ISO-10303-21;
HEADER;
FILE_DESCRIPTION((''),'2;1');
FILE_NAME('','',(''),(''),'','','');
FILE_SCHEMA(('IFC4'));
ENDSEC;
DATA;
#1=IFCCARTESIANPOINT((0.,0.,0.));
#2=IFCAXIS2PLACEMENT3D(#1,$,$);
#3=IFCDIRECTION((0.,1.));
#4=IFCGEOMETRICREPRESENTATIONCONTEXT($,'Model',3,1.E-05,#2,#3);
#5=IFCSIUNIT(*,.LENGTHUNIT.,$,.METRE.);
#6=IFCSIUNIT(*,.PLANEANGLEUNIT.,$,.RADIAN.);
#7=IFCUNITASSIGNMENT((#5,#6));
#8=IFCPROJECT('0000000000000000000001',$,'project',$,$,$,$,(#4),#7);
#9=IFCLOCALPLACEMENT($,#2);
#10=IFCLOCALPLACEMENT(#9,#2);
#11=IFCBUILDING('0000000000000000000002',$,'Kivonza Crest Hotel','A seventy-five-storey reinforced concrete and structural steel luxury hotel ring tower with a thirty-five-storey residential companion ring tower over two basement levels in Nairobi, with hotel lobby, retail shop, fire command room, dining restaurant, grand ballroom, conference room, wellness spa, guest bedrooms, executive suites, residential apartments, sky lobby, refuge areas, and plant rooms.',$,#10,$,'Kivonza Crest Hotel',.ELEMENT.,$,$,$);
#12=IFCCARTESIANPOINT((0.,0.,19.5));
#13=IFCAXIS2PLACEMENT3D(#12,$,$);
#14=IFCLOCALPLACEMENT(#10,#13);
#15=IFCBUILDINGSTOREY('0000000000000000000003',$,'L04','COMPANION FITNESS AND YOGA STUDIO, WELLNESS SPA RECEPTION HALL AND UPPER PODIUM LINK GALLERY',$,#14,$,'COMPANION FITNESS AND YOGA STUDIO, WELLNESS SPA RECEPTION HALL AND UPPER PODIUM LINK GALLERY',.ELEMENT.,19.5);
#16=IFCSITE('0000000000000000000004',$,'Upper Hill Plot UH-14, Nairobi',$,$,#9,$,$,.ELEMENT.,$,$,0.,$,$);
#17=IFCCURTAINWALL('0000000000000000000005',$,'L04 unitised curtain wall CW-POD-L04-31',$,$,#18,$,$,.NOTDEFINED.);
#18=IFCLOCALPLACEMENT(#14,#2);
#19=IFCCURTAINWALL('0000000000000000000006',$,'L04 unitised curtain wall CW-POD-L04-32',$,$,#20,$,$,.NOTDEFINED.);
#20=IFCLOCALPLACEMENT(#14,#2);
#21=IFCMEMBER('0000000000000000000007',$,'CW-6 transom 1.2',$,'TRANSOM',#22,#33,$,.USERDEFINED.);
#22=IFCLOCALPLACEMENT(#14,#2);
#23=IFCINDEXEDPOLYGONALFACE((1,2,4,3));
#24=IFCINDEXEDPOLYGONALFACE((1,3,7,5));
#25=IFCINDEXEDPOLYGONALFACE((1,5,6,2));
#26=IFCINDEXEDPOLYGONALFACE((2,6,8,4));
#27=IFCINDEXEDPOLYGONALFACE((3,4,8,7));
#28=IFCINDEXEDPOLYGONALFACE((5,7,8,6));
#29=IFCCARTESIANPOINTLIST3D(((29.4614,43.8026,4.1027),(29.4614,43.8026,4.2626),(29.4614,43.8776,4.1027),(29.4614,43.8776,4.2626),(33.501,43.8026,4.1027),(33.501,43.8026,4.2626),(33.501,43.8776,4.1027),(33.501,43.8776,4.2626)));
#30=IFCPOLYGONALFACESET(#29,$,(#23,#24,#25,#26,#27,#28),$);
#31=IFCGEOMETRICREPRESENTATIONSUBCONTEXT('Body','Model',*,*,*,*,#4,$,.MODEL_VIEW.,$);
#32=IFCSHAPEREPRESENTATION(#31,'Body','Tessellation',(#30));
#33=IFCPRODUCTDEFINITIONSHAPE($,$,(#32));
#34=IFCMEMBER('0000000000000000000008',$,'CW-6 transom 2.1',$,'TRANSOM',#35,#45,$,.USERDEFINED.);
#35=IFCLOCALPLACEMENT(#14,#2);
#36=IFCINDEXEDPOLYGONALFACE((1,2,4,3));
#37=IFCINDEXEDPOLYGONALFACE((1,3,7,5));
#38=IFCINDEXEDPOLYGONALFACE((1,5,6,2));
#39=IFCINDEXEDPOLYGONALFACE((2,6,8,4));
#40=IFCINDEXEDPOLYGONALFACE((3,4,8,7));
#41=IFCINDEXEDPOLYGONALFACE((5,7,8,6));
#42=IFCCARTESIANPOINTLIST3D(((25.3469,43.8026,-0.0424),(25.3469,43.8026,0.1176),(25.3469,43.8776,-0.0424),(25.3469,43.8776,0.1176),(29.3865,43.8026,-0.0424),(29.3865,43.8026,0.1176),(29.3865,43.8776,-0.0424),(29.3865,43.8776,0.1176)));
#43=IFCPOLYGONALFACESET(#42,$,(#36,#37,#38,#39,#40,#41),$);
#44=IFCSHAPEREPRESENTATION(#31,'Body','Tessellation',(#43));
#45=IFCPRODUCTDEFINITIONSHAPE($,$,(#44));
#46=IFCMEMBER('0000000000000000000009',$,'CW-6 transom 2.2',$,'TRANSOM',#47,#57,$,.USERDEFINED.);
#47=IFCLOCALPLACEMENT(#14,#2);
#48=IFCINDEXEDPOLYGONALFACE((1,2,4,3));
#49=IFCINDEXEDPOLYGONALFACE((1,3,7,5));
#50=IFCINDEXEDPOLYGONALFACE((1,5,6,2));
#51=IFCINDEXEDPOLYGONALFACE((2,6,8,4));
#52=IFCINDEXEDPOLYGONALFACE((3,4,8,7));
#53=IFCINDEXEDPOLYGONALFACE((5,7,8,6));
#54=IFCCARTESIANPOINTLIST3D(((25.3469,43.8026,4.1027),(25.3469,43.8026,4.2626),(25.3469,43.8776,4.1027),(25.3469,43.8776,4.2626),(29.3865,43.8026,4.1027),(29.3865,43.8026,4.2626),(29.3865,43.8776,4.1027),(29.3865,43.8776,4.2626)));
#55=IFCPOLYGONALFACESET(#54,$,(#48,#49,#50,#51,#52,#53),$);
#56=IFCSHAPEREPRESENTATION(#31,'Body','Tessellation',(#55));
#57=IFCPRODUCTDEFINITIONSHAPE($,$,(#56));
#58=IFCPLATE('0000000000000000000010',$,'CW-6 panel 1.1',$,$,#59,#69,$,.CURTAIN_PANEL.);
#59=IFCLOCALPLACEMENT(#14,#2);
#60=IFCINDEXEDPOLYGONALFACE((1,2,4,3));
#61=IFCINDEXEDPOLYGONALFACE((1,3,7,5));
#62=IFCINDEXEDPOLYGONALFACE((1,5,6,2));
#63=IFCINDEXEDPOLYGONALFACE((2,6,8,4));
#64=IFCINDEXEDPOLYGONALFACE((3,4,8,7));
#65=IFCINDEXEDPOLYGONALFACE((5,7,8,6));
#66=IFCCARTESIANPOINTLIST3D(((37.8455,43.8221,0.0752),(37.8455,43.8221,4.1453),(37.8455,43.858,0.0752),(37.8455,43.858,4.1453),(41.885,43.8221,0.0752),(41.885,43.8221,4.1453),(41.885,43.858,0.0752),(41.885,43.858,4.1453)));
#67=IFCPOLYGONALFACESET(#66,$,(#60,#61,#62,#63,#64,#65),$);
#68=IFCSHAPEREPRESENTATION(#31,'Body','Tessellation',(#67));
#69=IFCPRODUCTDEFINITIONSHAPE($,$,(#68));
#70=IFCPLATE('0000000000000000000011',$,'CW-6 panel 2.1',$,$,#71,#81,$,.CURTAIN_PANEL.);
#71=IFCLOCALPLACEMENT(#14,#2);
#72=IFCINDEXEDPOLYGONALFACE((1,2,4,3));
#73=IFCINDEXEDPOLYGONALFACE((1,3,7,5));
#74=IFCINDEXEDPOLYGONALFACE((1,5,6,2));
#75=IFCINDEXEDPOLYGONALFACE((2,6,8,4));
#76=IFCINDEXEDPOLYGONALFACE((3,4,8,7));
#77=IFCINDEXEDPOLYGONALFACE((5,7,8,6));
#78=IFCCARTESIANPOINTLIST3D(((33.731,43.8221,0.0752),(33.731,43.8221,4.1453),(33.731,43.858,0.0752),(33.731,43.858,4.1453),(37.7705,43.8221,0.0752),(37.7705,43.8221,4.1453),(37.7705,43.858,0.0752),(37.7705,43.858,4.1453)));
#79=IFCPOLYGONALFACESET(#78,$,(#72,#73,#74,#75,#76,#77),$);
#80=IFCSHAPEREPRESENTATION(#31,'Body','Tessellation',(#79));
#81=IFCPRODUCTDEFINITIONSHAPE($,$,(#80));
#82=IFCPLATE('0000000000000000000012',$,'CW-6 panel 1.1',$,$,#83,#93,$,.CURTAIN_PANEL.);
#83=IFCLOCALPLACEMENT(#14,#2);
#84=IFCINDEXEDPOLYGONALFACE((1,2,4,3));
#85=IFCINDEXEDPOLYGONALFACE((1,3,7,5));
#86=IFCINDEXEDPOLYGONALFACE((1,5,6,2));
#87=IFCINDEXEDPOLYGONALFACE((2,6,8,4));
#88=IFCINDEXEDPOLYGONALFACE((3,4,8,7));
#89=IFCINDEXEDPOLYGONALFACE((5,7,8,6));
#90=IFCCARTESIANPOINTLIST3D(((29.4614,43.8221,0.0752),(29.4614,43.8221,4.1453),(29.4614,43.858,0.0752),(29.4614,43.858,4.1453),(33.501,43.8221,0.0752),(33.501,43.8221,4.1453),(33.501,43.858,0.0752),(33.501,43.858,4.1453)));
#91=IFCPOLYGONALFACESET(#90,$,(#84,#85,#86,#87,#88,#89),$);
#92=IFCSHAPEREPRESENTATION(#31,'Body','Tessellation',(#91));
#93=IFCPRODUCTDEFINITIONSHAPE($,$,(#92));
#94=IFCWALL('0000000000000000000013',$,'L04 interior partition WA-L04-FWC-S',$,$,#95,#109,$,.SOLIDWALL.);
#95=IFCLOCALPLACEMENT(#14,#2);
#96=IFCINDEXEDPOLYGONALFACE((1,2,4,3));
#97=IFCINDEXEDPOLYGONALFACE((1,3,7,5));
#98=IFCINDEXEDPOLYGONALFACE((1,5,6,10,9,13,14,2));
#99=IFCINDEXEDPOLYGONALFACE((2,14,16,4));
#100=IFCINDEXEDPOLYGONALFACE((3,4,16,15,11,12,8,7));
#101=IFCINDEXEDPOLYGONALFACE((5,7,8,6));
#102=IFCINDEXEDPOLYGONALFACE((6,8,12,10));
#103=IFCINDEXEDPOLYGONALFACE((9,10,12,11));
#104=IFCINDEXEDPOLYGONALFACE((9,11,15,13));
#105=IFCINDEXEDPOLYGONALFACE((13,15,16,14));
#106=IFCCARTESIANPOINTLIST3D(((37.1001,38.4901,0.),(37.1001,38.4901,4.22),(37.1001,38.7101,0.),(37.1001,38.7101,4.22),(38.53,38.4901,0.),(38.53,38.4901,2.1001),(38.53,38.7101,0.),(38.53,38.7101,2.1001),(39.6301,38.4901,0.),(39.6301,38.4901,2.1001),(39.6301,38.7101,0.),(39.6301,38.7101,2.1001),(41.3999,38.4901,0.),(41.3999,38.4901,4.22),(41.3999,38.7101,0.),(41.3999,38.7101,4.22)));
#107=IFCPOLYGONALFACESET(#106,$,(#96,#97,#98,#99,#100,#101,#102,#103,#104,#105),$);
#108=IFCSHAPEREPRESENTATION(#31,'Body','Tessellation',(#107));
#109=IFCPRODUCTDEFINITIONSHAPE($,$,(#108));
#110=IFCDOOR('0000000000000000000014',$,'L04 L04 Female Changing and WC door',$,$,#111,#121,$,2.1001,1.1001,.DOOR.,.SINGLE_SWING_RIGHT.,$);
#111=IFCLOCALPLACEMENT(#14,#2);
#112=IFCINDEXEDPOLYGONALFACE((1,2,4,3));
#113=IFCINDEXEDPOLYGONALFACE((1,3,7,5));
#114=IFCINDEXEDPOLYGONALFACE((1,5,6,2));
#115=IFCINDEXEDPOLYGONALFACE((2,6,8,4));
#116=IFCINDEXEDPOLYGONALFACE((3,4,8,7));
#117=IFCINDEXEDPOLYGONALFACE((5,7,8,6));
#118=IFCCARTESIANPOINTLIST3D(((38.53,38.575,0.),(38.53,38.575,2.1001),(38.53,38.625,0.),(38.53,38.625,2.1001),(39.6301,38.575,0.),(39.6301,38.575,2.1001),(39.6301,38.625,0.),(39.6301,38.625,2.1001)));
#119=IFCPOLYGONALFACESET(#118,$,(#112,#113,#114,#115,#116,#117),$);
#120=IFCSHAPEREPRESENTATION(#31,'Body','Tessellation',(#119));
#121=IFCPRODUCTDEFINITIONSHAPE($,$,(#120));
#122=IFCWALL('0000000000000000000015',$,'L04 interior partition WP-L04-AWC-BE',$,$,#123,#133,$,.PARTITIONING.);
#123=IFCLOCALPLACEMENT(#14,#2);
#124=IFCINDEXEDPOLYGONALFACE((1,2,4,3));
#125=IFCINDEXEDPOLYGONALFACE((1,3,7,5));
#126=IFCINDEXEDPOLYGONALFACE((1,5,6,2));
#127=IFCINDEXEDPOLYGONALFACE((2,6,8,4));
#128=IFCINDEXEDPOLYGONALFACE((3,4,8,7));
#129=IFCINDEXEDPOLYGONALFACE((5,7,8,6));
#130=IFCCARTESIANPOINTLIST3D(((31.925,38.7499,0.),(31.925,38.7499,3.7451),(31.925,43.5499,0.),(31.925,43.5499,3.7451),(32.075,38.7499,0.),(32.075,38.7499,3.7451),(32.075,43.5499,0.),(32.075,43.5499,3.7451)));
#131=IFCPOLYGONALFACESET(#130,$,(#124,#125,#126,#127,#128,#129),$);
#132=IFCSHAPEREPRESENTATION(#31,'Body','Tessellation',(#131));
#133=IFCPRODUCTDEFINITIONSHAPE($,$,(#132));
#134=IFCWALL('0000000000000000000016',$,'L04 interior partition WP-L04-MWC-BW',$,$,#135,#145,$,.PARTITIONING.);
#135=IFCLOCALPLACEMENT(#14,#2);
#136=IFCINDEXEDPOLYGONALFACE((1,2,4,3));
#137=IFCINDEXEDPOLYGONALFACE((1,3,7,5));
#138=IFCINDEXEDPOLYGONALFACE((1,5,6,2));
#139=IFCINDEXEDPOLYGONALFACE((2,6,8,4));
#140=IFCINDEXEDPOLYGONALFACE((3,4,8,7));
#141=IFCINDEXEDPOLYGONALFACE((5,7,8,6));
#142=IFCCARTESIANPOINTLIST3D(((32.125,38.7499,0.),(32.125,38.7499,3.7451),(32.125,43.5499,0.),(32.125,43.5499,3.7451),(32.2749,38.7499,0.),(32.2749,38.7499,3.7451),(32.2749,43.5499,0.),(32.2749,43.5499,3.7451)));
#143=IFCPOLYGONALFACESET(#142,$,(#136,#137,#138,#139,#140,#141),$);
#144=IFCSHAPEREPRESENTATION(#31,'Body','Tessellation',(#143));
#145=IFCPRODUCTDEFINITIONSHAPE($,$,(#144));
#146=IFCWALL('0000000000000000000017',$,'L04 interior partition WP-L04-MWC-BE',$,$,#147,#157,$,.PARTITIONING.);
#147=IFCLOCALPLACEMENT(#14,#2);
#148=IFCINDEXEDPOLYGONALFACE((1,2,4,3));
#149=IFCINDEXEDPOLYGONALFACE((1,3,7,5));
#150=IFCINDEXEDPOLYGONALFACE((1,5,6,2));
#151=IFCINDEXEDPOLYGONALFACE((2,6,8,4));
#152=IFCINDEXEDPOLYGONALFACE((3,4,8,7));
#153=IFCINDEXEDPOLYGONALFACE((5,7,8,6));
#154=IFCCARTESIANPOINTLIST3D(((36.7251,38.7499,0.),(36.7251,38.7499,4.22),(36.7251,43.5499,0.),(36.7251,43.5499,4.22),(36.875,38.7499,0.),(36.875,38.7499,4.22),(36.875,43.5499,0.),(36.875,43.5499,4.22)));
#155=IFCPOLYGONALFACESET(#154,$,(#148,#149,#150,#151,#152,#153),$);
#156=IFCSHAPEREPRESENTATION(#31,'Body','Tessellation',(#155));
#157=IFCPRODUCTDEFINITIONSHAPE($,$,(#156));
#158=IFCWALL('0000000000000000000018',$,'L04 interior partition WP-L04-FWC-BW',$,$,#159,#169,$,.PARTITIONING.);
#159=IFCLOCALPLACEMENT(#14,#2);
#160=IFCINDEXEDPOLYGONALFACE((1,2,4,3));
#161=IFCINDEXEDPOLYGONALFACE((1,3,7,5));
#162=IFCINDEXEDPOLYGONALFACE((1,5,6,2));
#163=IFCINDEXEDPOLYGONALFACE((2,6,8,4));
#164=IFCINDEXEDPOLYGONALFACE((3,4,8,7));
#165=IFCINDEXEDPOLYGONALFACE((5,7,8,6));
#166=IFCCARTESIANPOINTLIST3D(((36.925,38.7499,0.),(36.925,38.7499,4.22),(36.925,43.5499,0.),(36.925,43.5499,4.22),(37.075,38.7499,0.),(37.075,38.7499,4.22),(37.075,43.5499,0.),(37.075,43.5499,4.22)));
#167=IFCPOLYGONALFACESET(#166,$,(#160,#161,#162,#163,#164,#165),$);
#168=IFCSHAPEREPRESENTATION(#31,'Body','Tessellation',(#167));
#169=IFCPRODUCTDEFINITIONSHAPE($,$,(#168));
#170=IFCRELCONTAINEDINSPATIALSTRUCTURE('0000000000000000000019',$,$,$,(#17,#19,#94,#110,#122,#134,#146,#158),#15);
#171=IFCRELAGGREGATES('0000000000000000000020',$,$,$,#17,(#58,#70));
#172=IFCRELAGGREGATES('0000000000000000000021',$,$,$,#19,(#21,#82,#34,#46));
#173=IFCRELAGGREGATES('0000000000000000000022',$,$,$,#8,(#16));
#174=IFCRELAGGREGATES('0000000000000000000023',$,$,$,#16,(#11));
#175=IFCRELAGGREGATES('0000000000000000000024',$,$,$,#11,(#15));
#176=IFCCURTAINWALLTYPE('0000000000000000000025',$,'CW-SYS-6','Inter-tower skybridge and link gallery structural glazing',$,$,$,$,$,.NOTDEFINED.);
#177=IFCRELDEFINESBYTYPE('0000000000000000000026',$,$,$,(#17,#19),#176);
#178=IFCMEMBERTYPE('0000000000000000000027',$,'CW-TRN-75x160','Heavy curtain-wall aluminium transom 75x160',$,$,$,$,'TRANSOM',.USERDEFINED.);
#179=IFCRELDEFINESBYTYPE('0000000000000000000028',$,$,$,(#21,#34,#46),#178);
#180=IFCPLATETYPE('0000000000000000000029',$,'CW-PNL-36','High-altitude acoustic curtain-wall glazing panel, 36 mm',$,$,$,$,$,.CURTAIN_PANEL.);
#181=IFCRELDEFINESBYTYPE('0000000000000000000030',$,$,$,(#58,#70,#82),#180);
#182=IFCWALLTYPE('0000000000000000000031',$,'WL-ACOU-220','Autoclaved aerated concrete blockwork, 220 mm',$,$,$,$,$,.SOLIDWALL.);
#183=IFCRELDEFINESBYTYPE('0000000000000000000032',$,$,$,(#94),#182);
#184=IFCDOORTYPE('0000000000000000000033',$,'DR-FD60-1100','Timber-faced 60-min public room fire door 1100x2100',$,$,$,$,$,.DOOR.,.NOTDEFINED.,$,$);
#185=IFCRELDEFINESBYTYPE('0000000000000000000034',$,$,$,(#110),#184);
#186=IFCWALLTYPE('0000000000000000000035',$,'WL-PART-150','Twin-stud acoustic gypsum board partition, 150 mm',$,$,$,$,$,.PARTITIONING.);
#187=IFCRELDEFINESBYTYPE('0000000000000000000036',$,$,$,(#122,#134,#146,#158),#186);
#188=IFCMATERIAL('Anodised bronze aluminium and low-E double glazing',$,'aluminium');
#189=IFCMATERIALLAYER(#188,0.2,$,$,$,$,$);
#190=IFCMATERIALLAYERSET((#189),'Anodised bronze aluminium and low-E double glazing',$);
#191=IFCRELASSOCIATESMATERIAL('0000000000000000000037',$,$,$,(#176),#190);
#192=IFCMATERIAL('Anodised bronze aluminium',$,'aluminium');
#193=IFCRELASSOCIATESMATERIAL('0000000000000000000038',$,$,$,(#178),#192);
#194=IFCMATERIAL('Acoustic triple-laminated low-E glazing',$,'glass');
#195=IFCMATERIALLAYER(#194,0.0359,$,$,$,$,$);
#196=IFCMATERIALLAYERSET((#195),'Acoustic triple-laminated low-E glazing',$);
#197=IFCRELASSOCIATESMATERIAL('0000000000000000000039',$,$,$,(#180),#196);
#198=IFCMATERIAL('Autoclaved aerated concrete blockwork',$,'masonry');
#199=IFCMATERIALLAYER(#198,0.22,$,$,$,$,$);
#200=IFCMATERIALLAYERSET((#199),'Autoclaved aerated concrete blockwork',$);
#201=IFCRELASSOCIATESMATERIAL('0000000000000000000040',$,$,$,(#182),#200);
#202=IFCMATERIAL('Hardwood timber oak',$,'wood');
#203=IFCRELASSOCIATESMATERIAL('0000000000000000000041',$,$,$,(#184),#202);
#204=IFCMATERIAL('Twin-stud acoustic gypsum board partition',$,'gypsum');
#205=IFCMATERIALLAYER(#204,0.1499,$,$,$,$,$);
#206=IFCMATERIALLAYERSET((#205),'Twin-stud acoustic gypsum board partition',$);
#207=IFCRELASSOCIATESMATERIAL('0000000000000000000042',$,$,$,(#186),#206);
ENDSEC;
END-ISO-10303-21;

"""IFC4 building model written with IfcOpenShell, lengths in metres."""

from ifc_helpers import new_model, si_unit, direction, frame, frame_2d, origin, origin_2d, place, context, subcontext, project, spatial, rectangle, extrude, material, layer, layer_set, material_profile, profile_set, type_object, element, fill, aggregate, save


model = new_model("IFC4")

# Units and contexts
model_context = context("Model", 3, precision=1e-05, world=origin(), true_north=direction((0.0, 1.0)))
body_context = subcontext(model_context, "Body", "Model", "MODEL_VIEW")
ifc_project = project(units=[si_unit("LENGTHUNIT", "METRE"), si_unit("PLANEANGLEUNIT", "RADIAN")], contexts=[model_context])

# Site, building, storey
site_placement = place(None, origin())
site = spatial("IfcSite", under=ifc_project, at=site_placement, Name="Upper Hill Plot UH-14, Nairobi", CompositionType="ELEMENT", RefElevation=0.0)
building_placement = place(site_placement, origin())
building = spatial("IfcBuilding", under=site, at=building_placement, Name="Kivonza Crest Hotel", Description="A seventy-five-storey reinforced concrete and structural steel luxury hotel ring tower with a thirty-five-storey residential companion ring tower over two basement levels in Nairobi, with hotel lobby, retail shop, fire command room, dining restaurant, grand ballroom, conference room, wellness spa, guest bedrooms, executive suites, residential apartments, sky lobby, refuge areas, and plant rooms.", LongName="Kivonza Crest Hotel", CompositionType="ELEMENT")
storey_placement = place(building_placement, frame((0.0, 0.0, 19.5)))
storey = spatial("IfcBuildingStorey", under=building, at=storey_placement, Name="L04", Description="COMPANION FITNESS AND YOGA STUDIO, WELLNESS SPA RECEPTION HALL AND UPPER PODIUM LINK GALLERY", LongName="COMPANION FITNESS AND YOGA STUDIO, WELLNESS SPA RECEPTION HALL AND UPPER PODIUM LINK GALLERY", CompositionType="ELEMENT", Elevation=19.5)

# Curtain walls
ifc_material_1 = material(Name="Anodised bronze aluminium and low-E double glazing", Category="aluminium")
ifc_layer_1 = layer(ifc_material_1, 0.2)
ifc_layer_set_1 = layer_set([ifc_layer_1], Name="Anodised bronze aluminium and low-E double glazing")
curtain_wall_type = type_object("IfcCurtainWallType", Name="CW-SYS-6", Description="Inter-tower skybridge and link gallery structural glazing", PredefinedType="NOTDEFINED", material=ifc_layer_set_1)
curtain_wall_1_placement = place(storey_placement, origin())
curtain_wall_1 = element("IfcCurtainWall", 1, at=curtain_wall_1_placement, inside=storey, type_object=curtain_wall_type, Name="L04 unitised curtain wall CW-POD-L04-31", PredefinedType="NOTDEFINED")
ifc_material_2 = material(Name="Anodised bronze aluminium", Category="aluminium")
curtain_wall_2_placement = place(storey_placement, origin())
curtain_wall_2 = element("IfcCurtainWall", 2, at=curtain_wall_2_placement, inside=storey, type_object=curtain_wall_type, Name="L04 unitised curtain wall CW-POD-L04-32", PredefinedType="NOTDEFINED")

# Members
ifc_material_profile_1 = material_profile(ifc_material_2, rectangle(XDim=0.075, YDim=0.1599, at=origin_2d()), Name="CW-T 75x160")
ifc_profile_set_1 = profile_set([ifc_material_profile_1], Name="Anodised bronze aluminium")
member_type_1 = type_object("IfcMemberType", Name="CW-TRN-75x160", Description="Heavy curtain-wall aluminium transom 75x160", ElementType="TRANSOM", PredefinedType="USERDEFINED", material=ifc_profile_set_1)
member_1_placement = place(storey_placement, frame((33.501, 43.8401, 4.1826), z_axis=(-1.0, 0.0, 0.0), x_axis=(0.0, -1.0, 0.0)))
member_1 = element("IfcMember", 3, at=member_1_placement, type_object=member_type_1, Name="CW-6 transom 1.2", ObjectType="TRANSOM", PredefinedType="USERDEFINED", context=body_context, shape_type="SweptSolid", body=[
    extrude(rectangle(XDim=0.075, YDim=0.1599, at=origin_2d()), origin(), (0.0, 0.0, 1.0), 4.0396),
])
member_2_placement = place(storey_placement, frame((29.3865, 43.8401, 0.0376), z_axis=(-1.0, 0.0, 0.0), x_axis=(0.0, -1.0, 0.0)))
member_2 = element("IfcMember", 4, at=member_2_placement, type_object=member_type_1, Name="CW-6 transom 2.1", ObjectType="TRANSOM", PredefinedType="USERDEFINED", context=body_context, shape_type="SweptSolid", body=[
    extrude(rectangle(XDim=0.075, YDim=0.1599, at=origin_2d()), origin(), (0.0, 0.0, 1.0), 4.0396),
])
member_3_placement = place(storey_placement, frame((29.3865, 43.8401, 4.1826), z_axis=(-1.0, 0.0, 0.0), x_axis=(0.0, -1.0, 0.0)))
member_3 = element("IfcMember", 5, at=member_3_placement, type_object=member_type_1, Name="CW-6 transom 2.2", ObjectType="TRANSOM", PredefinedType="USERDEFINED", context=body_context, shape_type="SweptSolid", body=[
    extrude(rectangle(XDim=0.075, YDim=0.1599, at=origin_2d()), origin(), (0.0, 0.0, 1.0), 4.0396),
])

# Plates
ifc_material_3 = material(Name="Acoustic triple-laminated low-E glazing", Category="glass")
ifc_layer_2 = layer(ifc_material_3, 0.0359)
ifc_layer_set_2 = layer_set([ifc_layer_2], Name="Acoustic triple-laminated low-E glazing")
plate_type = type_object("IfcPlateType", Name="CW-PNL-36", Description="High-altitude acoustic curtain-wall glazing panel, 36 mm", PredefinedType="CURTAIN_PANEL", material=ifc_layer_set_2)
plate_1_placement = place(storey_placement, frame((39.8652, 43.8401, 0.0752), z_axis=(0.0, 0.0, 1.0), x_axis=(-1.0, 0.0, 0.0)))
plate_1 = element("IfcPlate", 6, at=plate_1_placement, type_object=plate_type, Name="CW-6 panel 1.1", PredefinedType="CURTAIN_PANEL", context=body_context, shape_type="SweptSolid", body=[
    extrude(rectangle(XDim=4.0396, YDim=0.0359, at=origin_2d()), origin(), (0.0, 0.0, 1.0), 4.0701),
])
plate_2_placement = place(storey_placement, frame((35.7507, 43.8401, 0.0752), z_axis=(0.0, 0.0, 1.0), x_axis=(-1.0, 0.0, 0.0)))
plate_2 = element("IfcPlate", 7, at=plate_2_placement, type_object=plate_type, Name="CW-6 panel 2.1", PredefinedType="CURTAIN_PANEL", context=body_context, shape_type="SweptSolid", body=[
    extrude(rectangle(XDim=4.0396, YDim=0.0359, at=origin_2d()), origin(), (0.0, 0.0, 1.0), 4.0701),
])
aggregate(curtain_wall_1, [plate_1, plate_2])
plate_3_placement = place(storey_placement, frame((31.4812, 43.8401, 0.0752), z_axis=(0.0, 0.0, 1.0), x_axis=(-1.0, 0.0, 0.0)))
plate_3 = element("IfcPlate", 8, at=plate_3_placement, type_object=plate_type, Name="CW-6 panel 1.1", PredefinedType="CURTAIN_PANEL", context=body_context, shape_type="SweptSolid", body=[
    extrude(rectangle(XDim=4.0396, YDim=0.0359, at=origin_2d()), origin(), (0.0, 0.0, 1.0), 4.0701),
])
aggregate(curtain_wall_2, [member_1, plate_3, member_2, member_3])

# Wall, opening, door
ifc_material_4 = material(Name="Autoclaved aerated concrete blockwork", Category="masonry")
ifc_layer_3 = layer(ifc_material_4, 0.22)
ifc_layer_set_3 = layer_set([ifc_layer_3], Name="Autoclaved aerated concrete blockwork")
wall_type_1 = type_object("IfcWallType", Name="WL-ACOU-220", Description="Autoclaved aerated concrete blockwork, 220 mm", PredefinedType="SOLIDWALL", material=ifc_layer_set_3)
wall_placement = place(storey_placement, frame((37.1001, 38.6001, 0.0), z_axis=(0.0, 0.0, 1.0), x_axis=(1.0, 0.0, 0.0)))
wall = element("IfcWall", 9, at=wall_placement, inside=storey, type_object=wall_type_1, Name="L04 interior partition WA-L04-FWC-S", PredefinedType="SOLIDWALL", context=body_context, shape_type="SweptSolid", body=[
    extrude(rectangle(XDim=4.2998, YDim=0.22, at=frame_2d((2.1499, 0.0))), origin(), (0.0, 0.0, 1.0), 4.22),
])
opening_placement = place(wall_placement, frame((1.4299, 0.0, 0.0)))
opening = element("IfcOpeningElement", 10, at=opening_placement, cuts=wall, PredefinedType="OPENING", context=body_context, shape_type="SweptSolid", body=[
    extrude(rectangle(XDim=1.1001, YDim=2.1001, at=frame_2d((0.55, 1.05))), frame((0.0, 0.1201, 0.0), z_axis=(0.0, -1.0, 0.0), x_axis=(1.0, 0.0, 0.0)), (0.0, 0.0, 1.0), 0.24),
])
ifc_material_5 = material(Name="Hardwood timber oak", Category="wood")
door_type = type_object("IfcDoorType", Name="DR-FD60-1100", Description="Timber-faced 60-min public room fire door 1100x2100", OperationType="NOTDEFINED", PredefinedType="DOOR", material=ifc_material_5)
door_placement = place(opening_placement, origin())
door = element("IfcDoor", 11, at=door_placement, inside=storey, type_object=door_type, Name="L04 L04 Female Changing and WC door", OperationType="SINGLE_SWING_RIGHT", OverallHeight=2.1001, OverallWidth=1.1001, PredefinedType="DOOR", context=body_context, shape_type="SweptSolid", body=[
    extrude(rectangle(XDim=1.1001, YDim=2.1001, at=frame_2d((0.55, 1.05))), frame((0.0, 0.0249, 0.0), z_axis=(0.0, -1.0, 0.0), x_axis=(1.0, 0.0, 0.0)), (0.0, 0.0, 1.0), 0.05),
])
fill(opening, door)

# Walls
ifc_material_6 = material(Name="Twin-stud acoustic gypsum board partition", Category="gypsum")
ifc_layer_4 = layer(ifc_material_6, 0.1499)
ifc_layer_set_4 = layer_set([ifc_layer_4], Name="Twin-stud acoustic gypsum board partition")
wall_type_2 = type_object("IfcWallType", Name="WL-PART-150", Description="Twin-stud acoustic gypsum board partition, 150 mm", PredefinedType="PARTITIONING", material=ifc_layer_set_4)
for number, where, z_axis, x_axis, name in (
    (12, (32.0, 38.75, 0.0), (0.0, 0.0, 1.0), (0.0, 1.0, 0.0), "L04 interior partition WP-L04-AWC-BE"),
    (13, (32.2, 38.75, 0.0), (0.0, 0.0, 1.0), (0.0, 1.0, 0.0), "L04 interior partition WP-L04-MWC-BW"),
):
    element("IfcWall", number, at=place(storey_placement, frame(where, z_axis=z_axis, x_axis=x_axis)), inside=storey, type_object=wall_type_2, Name=name, PredefinedType="PARTITIONING", context=body_context, shape_type="SweptSolid", body=[
        extrude(rectangle(XDim=4.8, YDim=0.1499, at=frame_2d((2.3999, 0.0))), origin(), (0.0, 0.0, 1.0), 3.7451),
    ])
for number, where, z_axis, x_axis, name in (
    (14, (36.8, 38.75, 0.0), (0.0, 0.0, 1.0), (0.0, 1.0, 0.0), "L04 interior partition WP-L04-MWC-BE"),
    (15, (37.0, 38.75, 0.0), (0.0, 0.0, 1.0), (0.0, 1.0, 0.0), "L04 interior partition WP-L04-FWC-BW"),
):
    element("IfcWall", number, at=place(storey_placement, frame(where, z_axis=z_axis, x_axis=x_axis)), inside=storey, type_object=wall_type_2, Name=name, PredefinedType="PARTITIONING", context=body_context, shape_type="SweptSolid", body=[
        extrude(rectangle(XDim=4.8, YDim=0.1499, at=frame_2d((2.3999, 0.0))), origin(), (0.0, 0.0, 1.0), 4.22),
    ])

save(model, "model.ifc")
